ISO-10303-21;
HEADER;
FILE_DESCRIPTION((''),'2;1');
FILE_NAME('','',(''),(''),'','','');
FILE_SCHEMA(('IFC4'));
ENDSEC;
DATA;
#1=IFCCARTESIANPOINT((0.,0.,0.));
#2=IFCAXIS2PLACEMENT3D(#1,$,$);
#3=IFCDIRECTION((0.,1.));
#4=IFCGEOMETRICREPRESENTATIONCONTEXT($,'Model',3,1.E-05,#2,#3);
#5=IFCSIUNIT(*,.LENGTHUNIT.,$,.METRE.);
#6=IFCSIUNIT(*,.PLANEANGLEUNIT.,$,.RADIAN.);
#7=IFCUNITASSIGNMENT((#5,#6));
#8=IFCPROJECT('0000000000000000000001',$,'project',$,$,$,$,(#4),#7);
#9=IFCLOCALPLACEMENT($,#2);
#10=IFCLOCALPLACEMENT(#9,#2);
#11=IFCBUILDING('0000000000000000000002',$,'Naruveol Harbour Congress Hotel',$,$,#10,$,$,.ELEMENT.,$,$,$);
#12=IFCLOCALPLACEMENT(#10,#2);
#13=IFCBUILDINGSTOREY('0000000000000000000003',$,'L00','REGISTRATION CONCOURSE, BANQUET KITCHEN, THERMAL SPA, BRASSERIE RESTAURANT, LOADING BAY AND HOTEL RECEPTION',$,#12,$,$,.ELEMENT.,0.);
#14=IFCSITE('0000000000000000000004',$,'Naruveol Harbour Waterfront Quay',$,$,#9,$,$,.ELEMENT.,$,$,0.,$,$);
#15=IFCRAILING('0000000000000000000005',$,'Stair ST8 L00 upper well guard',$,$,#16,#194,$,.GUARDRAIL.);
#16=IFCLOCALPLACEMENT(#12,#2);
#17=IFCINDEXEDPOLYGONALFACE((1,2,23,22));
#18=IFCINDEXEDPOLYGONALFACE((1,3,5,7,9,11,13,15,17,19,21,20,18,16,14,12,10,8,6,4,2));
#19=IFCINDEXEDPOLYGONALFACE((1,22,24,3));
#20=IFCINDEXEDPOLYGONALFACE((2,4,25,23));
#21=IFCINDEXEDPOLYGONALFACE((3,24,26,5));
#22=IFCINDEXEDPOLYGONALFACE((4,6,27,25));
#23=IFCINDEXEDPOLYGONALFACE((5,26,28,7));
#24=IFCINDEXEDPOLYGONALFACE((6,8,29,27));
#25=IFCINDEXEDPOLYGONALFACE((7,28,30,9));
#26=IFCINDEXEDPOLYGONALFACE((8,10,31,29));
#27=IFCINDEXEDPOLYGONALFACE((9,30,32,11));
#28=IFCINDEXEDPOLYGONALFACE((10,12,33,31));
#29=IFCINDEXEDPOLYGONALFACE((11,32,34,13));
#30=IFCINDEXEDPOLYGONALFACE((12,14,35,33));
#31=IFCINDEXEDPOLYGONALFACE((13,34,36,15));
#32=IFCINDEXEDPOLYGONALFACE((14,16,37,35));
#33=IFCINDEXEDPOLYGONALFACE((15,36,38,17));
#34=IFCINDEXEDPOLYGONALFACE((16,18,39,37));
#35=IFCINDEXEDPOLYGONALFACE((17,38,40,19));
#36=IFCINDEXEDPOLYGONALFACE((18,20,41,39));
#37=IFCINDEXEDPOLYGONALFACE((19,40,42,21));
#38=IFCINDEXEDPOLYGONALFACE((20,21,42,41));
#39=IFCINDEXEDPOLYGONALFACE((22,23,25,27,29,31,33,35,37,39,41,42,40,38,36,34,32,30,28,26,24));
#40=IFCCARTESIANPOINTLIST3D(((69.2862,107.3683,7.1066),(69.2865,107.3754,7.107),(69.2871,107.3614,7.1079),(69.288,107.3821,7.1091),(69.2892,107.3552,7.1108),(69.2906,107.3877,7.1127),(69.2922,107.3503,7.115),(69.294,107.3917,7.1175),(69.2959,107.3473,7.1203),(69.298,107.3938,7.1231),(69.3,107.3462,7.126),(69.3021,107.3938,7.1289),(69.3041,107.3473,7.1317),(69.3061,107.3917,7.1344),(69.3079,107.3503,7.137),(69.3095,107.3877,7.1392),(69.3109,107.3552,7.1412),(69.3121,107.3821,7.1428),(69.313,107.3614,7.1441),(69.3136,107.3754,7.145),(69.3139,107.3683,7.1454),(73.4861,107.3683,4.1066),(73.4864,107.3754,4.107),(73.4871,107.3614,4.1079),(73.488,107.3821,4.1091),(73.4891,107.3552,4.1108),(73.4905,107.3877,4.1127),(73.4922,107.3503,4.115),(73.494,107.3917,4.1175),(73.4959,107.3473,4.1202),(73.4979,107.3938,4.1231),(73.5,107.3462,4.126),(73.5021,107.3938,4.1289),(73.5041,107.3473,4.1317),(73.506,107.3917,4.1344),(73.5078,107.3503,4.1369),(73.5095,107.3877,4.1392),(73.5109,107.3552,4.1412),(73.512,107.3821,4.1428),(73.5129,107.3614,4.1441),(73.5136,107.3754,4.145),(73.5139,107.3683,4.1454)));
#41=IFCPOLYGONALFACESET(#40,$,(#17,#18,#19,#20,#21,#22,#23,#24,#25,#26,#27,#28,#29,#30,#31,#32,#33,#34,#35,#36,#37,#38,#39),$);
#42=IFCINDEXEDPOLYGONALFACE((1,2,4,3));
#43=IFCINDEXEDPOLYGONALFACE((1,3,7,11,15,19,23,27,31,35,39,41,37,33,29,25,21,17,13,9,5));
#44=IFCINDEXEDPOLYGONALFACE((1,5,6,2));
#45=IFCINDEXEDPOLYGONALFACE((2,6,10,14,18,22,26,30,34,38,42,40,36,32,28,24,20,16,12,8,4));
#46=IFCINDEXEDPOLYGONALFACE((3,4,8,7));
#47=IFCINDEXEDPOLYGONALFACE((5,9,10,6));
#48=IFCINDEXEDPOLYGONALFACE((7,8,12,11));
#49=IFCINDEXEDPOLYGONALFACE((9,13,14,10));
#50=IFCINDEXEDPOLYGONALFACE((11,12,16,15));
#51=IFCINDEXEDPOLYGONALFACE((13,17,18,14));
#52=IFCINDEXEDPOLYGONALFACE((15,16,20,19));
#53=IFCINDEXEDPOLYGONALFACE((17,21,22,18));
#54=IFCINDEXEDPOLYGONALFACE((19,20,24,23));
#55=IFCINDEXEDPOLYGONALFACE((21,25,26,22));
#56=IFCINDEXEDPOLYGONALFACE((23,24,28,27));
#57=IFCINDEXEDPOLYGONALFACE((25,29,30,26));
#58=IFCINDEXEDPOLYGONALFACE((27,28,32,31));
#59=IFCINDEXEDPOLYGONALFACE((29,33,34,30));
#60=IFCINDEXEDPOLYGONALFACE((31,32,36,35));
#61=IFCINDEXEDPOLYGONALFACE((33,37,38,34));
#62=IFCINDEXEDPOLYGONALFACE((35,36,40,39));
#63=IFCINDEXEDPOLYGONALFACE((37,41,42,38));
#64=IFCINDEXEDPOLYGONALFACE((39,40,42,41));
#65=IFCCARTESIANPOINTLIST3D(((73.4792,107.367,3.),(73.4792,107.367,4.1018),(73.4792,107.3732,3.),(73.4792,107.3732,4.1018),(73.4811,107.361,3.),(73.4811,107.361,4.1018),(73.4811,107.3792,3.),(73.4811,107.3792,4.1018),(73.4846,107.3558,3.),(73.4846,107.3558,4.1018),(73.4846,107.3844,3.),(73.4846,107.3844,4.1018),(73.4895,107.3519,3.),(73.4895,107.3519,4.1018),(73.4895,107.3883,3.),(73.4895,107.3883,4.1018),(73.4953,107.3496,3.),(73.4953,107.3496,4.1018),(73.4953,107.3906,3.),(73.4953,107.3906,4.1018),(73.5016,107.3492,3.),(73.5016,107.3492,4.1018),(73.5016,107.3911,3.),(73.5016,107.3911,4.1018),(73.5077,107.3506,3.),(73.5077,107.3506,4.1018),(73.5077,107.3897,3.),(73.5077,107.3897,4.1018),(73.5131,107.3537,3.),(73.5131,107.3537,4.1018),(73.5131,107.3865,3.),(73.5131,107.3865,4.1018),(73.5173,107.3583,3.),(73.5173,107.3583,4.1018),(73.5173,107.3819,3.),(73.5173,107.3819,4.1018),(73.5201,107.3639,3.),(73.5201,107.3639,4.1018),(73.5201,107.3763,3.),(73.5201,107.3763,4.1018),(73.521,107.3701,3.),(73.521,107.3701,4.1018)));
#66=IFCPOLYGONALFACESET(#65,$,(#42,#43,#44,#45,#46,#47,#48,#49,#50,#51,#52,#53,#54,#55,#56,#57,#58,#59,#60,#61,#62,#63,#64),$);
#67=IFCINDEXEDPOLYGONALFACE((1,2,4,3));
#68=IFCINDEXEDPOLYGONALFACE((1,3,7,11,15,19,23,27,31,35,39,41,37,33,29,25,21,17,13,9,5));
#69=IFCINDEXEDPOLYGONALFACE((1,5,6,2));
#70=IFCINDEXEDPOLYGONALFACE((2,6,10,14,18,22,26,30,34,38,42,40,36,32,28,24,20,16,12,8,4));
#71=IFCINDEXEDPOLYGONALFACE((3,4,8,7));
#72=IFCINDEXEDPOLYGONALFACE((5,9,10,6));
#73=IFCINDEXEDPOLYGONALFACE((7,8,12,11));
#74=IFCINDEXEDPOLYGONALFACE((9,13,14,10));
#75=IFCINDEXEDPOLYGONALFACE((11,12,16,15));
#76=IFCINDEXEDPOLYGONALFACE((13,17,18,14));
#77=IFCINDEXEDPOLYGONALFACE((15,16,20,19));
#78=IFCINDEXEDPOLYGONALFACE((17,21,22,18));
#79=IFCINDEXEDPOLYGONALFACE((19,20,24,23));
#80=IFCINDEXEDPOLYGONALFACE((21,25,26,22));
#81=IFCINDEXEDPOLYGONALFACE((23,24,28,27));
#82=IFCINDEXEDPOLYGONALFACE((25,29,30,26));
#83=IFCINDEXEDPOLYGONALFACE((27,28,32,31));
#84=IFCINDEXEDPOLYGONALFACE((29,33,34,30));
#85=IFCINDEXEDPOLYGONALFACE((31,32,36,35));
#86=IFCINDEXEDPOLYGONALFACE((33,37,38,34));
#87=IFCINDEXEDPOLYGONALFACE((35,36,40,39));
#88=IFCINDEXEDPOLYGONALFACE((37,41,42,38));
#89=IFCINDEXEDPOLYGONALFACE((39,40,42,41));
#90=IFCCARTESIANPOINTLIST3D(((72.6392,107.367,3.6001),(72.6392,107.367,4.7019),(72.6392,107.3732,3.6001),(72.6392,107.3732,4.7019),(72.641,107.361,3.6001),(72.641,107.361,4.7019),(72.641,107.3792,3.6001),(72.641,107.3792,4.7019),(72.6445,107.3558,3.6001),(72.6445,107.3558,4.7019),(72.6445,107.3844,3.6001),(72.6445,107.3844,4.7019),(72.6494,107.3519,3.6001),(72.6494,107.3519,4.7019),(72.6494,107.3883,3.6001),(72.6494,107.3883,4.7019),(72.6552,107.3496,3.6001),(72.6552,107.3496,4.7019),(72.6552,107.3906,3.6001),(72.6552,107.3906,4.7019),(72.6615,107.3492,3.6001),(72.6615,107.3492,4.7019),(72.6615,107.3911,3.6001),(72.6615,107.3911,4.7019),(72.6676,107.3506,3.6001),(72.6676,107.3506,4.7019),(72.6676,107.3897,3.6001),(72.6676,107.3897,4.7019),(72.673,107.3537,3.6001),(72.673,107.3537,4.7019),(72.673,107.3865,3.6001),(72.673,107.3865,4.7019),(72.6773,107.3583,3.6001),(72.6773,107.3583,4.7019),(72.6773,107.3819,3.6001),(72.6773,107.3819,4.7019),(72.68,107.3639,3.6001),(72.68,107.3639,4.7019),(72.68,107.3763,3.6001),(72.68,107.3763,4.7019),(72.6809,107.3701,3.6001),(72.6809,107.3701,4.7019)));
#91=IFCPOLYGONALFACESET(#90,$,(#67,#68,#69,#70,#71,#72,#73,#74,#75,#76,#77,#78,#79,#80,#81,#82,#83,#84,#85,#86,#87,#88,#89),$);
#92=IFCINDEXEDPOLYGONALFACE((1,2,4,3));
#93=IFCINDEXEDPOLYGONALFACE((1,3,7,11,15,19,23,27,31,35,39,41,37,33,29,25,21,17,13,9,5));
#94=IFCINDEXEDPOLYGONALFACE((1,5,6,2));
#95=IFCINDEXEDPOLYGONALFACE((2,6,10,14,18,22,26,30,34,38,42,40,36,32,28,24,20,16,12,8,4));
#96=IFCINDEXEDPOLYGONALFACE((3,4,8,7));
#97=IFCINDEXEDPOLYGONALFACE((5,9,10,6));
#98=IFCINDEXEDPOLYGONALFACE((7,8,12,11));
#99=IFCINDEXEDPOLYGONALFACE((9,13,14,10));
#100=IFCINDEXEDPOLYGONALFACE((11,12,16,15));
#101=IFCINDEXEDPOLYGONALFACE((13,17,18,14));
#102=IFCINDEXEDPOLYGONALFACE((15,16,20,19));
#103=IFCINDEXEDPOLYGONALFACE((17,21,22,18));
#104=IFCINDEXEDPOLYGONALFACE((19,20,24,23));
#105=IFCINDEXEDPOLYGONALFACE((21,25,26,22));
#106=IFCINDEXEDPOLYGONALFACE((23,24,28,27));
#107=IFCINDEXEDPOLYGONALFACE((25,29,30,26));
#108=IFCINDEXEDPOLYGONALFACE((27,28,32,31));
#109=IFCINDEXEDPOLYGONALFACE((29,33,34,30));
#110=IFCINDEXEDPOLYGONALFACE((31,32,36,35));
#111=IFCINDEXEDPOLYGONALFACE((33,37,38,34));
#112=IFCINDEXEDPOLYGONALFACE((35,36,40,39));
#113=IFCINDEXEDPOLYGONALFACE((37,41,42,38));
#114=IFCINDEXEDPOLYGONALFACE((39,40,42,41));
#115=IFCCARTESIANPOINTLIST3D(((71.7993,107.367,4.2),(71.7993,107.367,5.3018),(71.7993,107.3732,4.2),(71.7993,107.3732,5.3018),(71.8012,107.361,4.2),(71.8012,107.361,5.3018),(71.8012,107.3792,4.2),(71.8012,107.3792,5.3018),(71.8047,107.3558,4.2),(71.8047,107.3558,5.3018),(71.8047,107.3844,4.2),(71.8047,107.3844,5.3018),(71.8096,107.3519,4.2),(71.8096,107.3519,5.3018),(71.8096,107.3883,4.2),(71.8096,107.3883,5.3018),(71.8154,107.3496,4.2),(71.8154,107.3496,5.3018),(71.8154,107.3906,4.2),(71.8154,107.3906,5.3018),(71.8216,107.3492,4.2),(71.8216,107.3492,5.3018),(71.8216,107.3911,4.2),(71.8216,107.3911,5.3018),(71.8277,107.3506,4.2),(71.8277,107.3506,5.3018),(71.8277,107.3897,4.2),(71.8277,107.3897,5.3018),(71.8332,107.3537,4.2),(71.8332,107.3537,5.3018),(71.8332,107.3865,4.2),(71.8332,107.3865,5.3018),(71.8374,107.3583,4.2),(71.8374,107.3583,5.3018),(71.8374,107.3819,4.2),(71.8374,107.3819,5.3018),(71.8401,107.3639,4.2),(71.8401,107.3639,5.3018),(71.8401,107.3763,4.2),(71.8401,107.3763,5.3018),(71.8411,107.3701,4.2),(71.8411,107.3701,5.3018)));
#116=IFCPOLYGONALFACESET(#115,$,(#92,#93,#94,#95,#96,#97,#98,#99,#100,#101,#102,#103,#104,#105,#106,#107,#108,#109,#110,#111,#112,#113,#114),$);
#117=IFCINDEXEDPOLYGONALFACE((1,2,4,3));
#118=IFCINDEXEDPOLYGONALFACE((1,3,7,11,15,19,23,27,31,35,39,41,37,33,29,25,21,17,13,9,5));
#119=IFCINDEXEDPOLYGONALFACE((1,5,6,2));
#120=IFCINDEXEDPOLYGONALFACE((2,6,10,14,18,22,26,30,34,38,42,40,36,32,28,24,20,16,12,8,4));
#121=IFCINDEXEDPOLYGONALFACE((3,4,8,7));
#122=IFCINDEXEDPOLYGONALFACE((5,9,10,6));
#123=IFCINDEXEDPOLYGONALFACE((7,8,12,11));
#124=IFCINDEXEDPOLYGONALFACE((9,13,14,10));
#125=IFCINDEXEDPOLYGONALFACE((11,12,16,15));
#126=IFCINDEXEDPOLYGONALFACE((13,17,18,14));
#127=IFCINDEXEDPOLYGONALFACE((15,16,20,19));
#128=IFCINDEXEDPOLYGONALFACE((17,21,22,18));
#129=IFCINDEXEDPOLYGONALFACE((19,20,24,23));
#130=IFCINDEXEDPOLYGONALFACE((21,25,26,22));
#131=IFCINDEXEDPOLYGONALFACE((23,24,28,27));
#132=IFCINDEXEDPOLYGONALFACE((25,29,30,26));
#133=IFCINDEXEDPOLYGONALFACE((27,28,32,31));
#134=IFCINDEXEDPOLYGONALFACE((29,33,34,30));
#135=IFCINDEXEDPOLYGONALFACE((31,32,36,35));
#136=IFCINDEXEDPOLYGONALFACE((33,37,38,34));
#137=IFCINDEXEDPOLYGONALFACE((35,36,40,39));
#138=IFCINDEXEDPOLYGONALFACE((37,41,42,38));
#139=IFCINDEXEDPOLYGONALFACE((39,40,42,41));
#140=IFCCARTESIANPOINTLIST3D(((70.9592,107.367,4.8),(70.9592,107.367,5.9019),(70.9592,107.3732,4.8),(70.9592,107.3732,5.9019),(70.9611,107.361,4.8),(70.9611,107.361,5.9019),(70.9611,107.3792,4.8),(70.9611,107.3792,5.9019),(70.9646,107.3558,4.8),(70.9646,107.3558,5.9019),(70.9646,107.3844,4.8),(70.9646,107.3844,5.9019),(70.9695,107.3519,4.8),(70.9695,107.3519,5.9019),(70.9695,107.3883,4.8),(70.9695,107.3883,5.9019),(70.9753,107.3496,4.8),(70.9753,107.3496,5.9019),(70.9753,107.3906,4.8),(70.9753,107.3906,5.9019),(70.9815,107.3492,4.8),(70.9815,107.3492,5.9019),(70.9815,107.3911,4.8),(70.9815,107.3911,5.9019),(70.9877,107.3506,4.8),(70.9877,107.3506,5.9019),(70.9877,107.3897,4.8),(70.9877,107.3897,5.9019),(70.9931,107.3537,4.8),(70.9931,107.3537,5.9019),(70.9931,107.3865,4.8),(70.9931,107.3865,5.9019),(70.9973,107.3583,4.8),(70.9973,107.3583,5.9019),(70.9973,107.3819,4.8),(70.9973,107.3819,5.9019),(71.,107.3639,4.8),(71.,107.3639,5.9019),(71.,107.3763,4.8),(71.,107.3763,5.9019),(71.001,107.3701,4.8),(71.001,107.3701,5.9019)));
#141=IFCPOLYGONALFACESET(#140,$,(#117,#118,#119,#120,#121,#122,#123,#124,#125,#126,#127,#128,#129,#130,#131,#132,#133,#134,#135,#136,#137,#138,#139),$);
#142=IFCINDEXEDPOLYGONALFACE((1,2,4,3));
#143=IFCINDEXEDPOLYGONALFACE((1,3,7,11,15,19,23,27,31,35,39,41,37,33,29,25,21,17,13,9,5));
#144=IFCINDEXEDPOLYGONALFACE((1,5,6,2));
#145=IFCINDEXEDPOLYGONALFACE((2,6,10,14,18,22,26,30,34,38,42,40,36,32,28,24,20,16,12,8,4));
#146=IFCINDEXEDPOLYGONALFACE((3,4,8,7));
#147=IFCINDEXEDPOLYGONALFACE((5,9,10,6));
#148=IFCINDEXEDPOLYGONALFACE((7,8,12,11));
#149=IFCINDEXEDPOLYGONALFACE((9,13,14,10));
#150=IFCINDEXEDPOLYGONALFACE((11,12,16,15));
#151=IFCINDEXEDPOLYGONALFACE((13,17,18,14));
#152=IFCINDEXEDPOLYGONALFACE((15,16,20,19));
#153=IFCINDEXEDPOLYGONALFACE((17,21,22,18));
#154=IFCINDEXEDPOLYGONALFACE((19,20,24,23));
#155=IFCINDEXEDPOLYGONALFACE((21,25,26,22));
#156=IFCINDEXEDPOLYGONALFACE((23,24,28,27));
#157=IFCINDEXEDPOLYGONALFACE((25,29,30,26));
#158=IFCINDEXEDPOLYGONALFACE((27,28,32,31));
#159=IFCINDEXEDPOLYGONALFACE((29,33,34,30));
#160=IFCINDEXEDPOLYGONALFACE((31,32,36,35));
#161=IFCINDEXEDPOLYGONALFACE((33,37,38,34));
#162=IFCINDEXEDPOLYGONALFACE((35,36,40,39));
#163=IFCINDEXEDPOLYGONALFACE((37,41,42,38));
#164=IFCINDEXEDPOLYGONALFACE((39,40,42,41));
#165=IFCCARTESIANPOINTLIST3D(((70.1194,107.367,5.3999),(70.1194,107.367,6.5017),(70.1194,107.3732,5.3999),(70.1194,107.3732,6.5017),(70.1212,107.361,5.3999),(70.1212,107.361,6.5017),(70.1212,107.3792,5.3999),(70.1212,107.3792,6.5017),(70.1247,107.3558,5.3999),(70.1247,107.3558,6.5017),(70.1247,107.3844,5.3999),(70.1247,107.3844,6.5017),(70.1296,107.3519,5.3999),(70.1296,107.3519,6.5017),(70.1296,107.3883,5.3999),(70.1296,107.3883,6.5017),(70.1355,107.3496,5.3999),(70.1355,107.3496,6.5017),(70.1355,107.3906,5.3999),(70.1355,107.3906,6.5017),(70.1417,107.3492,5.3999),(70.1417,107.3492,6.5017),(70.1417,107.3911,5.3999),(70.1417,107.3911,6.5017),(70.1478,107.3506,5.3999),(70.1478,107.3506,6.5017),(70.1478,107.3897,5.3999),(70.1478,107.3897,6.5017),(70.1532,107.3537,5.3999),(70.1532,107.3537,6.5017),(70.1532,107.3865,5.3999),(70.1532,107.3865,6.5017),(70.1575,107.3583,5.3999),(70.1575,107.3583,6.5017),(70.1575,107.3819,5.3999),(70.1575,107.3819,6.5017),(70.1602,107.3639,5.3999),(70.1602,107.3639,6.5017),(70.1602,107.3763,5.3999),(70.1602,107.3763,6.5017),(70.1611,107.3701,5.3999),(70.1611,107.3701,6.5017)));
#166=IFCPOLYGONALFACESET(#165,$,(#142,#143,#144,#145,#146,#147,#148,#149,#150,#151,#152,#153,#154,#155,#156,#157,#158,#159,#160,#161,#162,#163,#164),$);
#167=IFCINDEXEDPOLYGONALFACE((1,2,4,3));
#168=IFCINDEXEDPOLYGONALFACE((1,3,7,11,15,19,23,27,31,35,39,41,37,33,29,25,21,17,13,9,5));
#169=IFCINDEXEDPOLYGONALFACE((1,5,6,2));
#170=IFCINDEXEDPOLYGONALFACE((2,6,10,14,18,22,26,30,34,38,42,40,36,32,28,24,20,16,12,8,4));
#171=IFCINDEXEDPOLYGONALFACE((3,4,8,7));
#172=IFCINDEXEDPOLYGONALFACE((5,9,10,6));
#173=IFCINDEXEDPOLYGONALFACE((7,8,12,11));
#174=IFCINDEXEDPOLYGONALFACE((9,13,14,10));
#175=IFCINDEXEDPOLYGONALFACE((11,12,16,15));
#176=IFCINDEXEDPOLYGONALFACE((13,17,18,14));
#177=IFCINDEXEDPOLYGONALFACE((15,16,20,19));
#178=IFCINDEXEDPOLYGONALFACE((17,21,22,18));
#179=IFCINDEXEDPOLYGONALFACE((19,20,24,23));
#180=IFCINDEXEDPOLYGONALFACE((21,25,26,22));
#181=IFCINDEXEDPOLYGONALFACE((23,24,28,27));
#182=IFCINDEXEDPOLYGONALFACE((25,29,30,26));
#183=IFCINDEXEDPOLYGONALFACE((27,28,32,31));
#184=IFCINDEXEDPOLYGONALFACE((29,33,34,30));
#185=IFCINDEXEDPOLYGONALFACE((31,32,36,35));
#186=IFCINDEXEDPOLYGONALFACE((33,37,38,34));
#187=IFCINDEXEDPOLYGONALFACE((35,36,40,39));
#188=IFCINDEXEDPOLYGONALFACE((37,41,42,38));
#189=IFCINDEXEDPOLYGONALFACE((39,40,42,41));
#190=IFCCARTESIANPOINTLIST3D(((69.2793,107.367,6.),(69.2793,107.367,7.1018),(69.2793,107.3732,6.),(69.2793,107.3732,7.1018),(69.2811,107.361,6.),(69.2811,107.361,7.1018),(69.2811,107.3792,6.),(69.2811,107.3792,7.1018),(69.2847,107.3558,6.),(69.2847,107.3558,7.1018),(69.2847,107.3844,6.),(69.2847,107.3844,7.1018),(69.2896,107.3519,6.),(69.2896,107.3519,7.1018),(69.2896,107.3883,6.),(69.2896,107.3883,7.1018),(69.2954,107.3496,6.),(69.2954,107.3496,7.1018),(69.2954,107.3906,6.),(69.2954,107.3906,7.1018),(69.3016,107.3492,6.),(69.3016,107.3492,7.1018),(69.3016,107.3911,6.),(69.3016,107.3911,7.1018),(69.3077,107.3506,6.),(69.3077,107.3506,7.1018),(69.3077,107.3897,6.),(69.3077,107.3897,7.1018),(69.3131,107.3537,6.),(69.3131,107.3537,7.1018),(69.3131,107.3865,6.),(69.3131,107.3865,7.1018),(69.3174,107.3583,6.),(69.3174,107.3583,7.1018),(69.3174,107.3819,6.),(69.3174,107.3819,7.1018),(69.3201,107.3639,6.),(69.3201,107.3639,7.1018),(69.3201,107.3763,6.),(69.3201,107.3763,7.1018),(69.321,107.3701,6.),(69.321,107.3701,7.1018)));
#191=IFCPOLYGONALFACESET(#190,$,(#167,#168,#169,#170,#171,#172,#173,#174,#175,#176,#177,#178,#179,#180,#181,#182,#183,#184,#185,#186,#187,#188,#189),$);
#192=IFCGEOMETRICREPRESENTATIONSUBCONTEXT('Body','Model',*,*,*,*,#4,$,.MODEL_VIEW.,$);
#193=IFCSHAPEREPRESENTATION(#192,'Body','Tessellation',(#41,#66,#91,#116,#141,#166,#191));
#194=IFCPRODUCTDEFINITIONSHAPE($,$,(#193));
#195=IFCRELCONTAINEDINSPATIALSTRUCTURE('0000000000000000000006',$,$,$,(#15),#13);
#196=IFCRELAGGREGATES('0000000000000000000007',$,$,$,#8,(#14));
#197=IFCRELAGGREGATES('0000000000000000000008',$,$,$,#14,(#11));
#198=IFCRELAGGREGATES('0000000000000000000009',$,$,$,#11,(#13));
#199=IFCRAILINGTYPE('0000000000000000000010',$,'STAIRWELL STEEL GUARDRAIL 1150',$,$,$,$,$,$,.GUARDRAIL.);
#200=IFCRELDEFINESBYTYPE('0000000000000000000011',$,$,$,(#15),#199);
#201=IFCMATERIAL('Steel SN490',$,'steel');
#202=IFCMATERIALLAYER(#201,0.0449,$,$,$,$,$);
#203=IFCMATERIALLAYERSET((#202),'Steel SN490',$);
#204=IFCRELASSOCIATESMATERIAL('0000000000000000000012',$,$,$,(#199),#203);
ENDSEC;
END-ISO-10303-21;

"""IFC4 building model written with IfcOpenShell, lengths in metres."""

from ifc_helpers import new_model, si_unit, direction, frame, origin, origin_2d, place, context, subcontext, project, spatial, circle, extrude, material, layer, layer_set, type_object, element, save


model = new_model("IFC4")

# Units and contexts
model_context = context("Model", 3, precision=1e-05, world=origin(), true_north=direction((0.0, 1.0)))
body_context = subcontext(model_context, "Body", "Model", "MODEL_VIEW")
ifc_project = project(units=[si_unit("LENGTHUNIT", "METRE"), si_unit("PLANEANGLEUNIT", "RADIAN")], contexts=[model_context])

# Site, building, storey
site_placement = place(None, origin())
site = spatial("IfcSite", under=ifc_project, at=site_placement, Name="Naruveol Harbour Waterfront Quay", CompositionType="ELEMENT", RefElevation=0.0)
building_placement = place(site_placement, origin())
building = spatial("IfcBuilding", under=site, at=building_placement, Name="Naruveol Harbour Congress Hotel", CompositionType="ELEMENT")
storey_placement = place(building_placement, origin())
storey = spatial("IfcBuildingStorey", under=building, at=storey_placement, Name="L00", Description="REGISTRATION CONCOURSE, BANQUET KITCHEN, THERMAL SPA, BRASSERIE RESTAURANT, LOADING BAY AND HOTEL RECEPTION", CompositionType="ELEMENT", Elevation=0.0)

# Railing
ifc_material_1 = material(Name="Steel SN490", Category="steel")
ifc_layer_1 = layer(ifc_material_1, 0.0449)
ifc_layer_set_1 = layer_set([ifc_layer_1], Name="Steel SN490")
railing_type_1 = type_object("IfcRailingType", Name="STAIRWELL STEEL GUARDRAIL 1150", PredefinedType="GUARDRAIL", material=ifc_layer_set_1)
railing_1_placement = place(storey_placement, frame((73.5, 107.3701, 3.0)))
element("IfcRailing", 1, at=railing_1_placement, inside=storey, type_object=railing_type_1, Name="Stair ST8 L00 upper well guard", PredefinedType="GUARDRAIL", context=body_context, shape_type="SweptSolid", body=[
    extrude(circle(Radius=0.0239, at=origin_2d()), frame((0.0, 0.0, 1.126), z_axis=(-0.81373, 0.0, 0.581243), x_axis=(0.0, -1.0, 0.0)), (0.0, 0.0, 1.0), 5.1614),
    extrude(circle(Radius=0.021, at=origin_2d()), origin(), (0.0, 0.0, 1.0), 1.1018),
    extrude(circle(Radius=0.021, at=origin_2d()), frame((-0.8401, 0.0, 0.6001)), (0.0, 0.0, 1.0), 1.1018),
    extrude(circle(Radius=0.021, at=origin_2d()), frame((-1.6799, 0.0, 1.2)), (0.0, 0.0, 1.0), 1.1018),
    extrude(circle(Radius=0.021, at=origin_2d()), frame((-2.52, 0.0, 1.8)), (0.0, 0.0, 1.0), 1.1018),
    extrude(circle(Radius=0.021, at=origin_2d()), frame((-3.3599, 0.0, 2.3999)), (0.0, 0.0, 1.0), 1.1018),
    extrude(circle(Radius=0.021, at=origin_2d()), frame((-4.2, 0.0, 3.0)), (0.0, 0.0, 1.0), 1.1018),
])

save(model, "model.ifc")
